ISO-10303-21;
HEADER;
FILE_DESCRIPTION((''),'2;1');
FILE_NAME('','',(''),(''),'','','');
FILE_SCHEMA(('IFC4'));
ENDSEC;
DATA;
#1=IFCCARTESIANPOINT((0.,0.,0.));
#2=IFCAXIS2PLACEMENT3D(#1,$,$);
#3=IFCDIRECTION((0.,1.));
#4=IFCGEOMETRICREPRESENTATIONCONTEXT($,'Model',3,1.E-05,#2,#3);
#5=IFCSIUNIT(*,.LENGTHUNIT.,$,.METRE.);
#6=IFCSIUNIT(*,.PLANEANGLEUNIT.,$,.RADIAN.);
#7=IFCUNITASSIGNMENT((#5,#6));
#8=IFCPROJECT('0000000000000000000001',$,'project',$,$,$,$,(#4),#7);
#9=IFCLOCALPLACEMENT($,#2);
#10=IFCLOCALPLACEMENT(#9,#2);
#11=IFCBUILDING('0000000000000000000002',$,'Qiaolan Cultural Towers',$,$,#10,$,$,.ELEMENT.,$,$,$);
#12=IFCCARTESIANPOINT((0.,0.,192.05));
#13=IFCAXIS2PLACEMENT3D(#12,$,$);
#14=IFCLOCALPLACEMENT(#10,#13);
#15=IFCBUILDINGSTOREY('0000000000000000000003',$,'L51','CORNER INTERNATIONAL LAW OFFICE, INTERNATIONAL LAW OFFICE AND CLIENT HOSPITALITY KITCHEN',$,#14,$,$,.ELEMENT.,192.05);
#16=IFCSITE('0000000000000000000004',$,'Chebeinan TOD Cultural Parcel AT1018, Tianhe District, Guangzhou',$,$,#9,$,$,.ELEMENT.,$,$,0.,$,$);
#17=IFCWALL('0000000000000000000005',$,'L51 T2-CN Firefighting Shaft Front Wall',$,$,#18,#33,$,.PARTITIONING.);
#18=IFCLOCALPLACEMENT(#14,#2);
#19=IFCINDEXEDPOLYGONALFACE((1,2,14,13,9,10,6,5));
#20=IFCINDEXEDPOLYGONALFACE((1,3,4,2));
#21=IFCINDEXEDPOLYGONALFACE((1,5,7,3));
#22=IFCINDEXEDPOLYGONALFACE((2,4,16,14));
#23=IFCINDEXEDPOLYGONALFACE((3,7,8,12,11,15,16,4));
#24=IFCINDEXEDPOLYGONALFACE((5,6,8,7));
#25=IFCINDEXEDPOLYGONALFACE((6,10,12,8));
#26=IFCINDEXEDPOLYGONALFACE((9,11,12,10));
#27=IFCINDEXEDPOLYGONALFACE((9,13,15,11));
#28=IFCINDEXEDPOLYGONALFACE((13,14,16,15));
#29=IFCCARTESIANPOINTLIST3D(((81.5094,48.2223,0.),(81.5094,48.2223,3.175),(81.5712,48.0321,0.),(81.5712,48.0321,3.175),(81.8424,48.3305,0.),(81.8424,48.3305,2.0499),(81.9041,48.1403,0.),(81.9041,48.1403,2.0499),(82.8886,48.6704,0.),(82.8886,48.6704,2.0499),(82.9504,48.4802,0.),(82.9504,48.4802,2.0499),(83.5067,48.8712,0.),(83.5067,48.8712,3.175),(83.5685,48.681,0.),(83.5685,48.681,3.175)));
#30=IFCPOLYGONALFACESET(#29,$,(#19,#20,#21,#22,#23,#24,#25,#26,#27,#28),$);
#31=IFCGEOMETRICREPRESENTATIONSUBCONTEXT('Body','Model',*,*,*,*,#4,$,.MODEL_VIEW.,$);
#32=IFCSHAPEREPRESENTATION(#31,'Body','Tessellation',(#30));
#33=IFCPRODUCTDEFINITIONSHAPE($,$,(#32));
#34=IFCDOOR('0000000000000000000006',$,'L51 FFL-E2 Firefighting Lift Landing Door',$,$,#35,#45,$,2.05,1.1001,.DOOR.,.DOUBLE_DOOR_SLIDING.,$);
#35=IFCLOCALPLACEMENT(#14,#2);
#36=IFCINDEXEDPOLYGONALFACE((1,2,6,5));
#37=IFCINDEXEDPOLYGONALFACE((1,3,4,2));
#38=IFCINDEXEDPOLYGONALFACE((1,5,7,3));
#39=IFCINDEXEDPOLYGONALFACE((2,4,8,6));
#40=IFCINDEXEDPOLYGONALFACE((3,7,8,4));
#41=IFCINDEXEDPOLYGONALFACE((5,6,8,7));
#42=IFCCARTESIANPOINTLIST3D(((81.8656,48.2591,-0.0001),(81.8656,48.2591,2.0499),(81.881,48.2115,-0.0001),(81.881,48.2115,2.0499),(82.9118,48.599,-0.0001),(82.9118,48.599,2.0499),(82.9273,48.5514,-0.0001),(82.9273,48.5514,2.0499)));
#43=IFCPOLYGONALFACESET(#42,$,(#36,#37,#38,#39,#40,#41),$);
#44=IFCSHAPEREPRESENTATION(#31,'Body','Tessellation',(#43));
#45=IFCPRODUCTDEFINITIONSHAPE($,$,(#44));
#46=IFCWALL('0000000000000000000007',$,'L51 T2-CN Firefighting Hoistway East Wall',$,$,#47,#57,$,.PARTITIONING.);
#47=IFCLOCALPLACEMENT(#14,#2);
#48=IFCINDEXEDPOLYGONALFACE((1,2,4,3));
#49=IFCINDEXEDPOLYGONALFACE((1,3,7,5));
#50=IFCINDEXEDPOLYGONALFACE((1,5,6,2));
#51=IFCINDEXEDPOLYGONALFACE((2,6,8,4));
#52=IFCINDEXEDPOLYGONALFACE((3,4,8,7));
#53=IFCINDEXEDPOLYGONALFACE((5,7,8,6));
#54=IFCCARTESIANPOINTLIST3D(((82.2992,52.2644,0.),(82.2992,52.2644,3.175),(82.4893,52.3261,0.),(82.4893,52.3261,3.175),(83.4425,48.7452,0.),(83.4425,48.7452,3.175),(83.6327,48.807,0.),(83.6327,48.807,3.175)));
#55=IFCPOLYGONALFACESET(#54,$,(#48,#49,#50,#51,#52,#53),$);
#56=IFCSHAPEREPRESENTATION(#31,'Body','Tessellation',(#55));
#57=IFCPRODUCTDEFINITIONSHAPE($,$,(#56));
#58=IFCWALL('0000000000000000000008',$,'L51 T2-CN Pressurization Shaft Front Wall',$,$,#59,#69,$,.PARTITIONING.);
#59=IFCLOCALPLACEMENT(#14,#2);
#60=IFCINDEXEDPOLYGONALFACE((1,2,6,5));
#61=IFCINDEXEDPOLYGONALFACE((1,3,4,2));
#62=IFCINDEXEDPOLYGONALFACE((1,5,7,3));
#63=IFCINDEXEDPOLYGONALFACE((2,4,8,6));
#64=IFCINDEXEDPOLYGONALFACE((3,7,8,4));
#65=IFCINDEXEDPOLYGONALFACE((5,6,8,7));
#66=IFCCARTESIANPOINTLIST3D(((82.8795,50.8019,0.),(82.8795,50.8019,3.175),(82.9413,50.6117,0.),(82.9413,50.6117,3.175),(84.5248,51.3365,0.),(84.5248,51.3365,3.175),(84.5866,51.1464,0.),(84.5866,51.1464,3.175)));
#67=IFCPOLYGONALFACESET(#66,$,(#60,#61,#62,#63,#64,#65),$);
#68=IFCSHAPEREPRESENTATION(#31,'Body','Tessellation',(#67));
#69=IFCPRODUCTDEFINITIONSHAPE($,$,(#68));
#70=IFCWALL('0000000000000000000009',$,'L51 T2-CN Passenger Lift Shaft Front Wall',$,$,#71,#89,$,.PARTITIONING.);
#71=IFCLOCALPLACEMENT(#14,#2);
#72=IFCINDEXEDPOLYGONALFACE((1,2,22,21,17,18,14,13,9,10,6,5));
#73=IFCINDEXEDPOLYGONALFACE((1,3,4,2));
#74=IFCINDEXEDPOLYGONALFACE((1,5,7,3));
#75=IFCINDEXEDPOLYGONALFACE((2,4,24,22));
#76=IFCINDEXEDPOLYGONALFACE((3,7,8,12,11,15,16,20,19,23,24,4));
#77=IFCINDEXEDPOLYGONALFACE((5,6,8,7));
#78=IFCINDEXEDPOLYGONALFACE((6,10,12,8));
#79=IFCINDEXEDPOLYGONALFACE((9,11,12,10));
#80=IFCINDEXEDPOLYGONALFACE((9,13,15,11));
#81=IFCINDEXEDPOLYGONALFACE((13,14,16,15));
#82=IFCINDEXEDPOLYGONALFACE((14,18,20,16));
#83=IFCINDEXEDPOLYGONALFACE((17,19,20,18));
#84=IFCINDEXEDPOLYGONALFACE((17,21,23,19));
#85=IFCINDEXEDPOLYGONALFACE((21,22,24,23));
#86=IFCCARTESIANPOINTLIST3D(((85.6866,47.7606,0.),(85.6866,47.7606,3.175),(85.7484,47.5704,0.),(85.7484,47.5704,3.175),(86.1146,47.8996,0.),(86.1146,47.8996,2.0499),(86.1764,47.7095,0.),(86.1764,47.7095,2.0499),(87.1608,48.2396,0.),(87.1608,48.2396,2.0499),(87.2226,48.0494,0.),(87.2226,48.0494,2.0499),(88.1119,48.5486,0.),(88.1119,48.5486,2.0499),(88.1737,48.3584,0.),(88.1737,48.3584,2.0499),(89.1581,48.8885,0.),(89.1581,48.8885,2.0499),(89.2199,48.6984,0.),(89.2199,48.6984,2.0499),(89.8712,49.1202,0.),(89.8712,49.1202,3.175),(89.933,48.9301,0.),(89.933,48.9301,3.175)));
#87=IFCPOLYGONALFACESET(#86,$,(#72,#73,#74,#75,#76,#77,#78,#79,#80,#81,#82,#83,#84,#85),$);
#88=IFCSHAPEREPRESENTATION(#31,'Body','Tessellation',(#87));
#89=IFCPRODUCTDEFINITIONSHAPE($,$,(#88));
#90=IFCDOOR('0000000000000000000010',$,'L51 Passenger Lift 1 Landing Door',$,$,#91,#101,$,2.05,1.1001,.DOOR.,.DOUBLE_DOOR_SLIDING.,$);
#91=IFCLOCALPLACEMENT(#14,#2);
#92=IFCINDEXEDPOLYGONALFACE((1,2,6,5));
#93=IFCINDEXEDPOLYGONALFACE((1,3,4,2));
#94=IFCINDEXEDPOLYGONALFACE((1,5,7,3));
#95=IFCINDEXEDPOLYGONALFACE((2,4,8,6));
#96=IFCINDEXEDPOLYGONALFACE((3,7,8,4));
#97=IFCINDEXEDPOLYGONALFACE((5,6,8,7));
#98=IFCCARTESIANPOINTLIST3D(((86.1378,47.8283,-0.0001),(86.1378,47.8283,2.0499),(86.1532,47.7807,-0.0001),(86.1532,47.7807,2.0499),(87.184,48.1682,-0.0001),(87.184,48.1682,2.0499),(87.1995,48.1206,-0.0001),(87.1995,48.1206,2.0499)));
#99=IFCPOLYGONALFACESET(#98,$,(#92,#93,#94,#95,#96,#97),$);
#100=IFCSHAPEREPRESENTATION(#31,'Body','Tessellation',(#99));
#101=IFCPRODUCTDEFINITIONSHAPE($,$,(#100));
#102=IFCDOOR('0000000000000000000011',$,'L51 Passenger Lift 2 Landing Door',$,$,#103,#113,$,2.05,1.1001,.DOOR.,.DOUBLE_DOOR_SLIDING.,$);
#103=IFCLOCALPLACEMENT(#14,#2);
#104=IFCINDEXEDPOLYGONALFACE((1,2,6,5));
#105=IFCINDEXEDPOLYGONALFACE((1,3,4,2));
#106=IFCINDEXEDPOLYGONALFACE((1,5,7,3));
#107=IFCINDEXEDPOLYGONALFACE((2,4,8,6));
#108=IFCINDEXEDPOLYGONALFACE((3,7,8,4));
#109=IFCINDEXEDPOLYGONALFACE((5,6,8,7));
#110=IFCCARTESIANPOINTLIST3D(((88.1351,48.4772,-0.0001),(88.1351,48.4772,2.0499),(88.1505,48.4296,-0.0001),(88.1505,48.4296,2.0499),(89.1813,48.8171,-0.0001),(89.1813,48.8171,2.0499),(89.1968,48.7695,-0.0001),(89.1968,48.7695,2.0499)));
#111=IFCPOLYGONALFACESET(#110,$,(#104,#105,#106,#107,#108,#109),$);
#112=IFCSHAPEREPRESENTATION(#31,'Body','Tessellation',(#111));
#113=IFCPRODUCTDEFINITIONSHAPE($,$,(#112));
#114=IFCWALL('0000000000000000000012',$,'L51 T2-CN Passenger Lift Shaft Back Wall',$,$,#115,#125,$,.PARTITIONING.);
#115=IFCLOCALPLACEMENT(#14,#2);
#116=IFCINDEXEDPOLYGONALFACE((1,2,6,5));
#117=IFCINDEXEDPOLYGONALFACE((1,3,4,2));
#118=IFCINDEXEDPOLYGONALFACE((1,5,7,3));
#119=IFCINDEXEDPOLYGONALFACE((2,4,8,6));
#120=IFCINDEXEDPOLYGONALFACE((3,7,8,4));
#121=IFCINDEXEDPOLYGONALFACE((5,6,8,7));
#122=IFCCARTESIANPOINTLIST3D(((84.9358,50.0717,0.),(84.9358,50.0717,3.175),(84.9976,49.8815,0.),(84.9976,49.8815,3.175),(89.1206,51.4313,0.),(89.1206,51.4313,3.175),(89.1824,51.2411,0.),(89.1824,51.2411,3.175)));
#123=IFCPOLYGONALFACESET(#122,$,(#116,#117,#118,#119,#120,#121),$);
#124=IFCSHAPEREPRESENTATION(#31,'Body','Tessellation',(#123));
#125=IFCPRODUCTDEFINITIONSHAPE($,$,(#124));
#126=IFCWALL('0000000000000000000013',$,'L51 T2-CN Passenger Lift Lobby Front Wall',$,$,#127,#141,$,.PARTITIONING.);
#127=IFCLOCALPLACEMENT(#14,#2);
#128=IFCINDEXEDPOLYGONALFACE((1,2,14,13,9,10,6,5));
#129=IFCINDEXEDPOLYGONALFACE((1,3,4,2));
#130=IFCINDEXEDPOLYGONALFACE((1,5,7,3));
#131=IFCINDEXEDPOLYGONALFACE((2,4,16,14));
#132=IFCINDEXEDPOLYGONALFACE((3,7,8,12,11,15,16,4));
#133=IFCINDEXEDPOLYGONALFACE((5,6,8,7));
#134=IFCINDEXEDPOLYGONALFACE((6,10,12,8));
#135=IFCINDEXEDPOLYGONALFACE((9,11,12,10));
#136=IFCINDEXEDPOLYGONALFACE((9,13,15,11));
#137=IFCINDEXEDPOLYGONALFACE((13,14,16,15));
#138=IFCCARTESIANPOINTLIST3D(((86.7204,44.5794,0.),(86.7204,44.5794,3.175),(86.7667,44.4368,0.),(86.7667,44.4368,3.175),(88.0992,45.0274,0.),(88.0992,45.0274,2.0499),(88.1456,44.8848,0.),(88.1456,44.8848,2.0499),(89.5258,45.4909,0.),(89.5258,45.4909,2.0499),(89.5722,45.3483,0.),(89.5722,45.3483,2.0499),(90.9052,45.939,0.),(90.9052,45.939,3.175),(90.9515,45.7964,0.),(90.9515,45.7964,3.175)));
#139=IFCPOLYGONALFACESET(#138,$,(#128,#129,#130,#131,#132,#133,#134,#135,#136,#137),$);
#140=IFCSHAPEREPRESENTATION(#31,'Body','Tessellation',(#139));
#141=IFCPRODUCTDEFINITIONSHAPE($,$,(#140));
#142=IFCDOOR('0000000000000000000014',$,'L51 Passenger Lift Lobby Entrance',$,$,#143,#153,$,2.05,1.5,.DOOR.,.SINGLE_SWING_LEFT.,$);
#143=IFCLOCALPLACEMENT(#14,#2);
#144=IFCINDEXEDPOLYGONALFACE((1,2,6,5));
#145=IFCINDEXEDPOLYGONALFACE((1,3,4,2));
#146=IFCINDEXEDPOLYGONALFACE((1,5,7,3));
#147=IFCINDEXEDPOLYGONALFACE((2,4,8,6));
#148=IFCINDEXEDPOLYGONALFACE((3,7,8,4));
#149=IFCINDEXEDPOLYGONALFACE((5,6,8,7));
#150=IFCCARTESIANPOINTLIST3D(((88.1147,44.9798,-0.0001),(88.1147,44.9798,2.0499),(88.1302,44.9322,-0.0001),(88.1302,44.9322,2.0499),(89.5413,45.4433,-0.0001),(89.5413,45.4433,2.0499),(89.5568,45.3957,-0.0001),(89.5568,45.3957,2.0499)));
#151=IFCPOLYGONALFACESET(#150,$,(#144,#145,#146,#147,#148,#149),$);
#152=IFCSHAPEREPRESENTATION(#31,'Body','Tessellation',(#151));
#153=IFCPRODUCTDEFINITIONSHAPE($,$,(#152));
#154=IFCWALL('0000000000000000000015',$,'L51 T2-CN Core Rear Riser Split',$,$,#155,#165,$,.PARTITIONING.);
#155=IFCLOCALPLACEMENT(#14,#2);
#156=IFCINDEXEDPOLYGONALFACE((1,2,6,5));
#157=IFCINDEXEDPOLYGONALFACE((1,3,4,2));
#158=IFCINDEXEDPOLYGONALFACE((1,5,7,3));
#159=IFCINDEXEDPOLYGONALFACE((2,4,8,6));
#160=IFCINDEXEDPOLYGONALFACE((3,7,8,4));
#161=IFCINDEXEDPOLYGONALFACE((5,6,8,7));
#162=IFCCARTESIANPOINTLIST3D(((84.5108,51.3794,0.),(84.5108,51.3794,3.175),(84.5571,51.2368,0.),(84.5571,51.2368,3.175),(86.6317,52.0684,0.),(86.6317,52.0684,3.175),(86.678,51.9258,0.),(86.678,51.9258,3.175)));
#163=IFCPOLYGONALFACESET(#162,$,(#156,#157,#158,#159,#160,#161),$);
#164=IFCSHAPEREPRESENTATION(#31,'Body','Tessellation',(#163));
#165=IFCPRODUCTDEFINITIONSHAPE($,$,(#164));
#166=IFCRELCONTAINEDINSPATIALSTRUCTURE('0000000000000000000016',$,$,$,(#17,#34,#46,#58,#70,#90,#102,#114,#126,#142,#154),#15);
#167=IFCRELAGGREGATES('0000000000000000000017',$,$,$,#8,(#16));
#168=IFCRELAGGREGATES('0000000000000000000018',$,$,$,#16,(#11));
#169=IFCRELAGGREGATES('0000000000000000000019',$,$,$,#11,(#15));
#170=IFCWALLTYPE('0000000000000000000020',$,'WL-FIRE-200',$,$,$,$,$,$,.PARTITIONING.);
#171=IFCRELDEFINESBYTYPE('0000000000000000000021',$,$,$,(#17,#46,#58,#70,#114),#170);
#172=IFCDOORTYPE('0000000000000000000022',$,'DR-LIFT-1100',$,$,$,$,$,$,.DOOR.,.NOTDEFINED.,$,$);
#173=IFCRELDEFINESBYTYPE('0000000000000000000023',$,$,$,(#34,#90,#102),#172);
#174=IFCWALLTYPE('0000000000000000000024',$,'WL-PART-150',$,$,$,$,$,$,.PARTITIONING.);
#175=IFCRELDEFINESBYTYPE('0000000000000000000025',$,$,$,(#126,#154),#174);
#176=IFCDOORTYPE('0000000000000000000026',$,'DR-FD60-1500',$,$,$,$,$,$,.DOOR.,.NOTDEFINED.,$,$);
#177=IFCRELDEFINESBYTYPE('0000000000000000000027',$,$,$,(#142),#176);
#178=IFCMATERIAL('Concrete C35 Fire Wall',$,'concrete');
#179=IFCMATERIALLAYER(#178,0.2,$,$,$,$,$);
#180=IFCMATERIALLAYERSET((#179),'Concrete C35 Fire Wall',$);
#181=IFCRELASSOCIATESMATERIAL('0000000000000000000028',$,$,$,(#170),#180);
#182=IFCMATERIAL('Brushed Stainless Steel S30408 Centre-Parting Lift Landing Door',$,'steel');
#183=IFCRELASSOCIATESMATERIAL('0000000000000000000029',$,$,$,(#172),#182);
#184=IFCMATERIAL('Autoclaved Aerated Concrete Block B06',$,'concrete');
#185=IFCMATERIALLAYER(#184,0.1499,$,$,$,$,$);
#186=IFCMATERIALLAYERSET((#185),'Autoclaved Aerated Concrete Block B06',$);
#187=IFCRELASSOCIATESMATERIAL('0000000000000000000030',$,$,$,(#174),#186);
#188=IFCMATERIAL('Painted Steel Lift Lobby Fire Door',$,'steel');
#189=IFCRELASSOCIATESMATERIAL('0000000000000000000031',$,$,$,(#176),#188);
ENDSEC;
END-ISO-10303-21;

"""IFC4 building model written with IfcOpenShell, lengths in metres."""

from ifc_helpers import new_model, si_unit, direction, frame, frame_2d, origin, place, context, subcontext, project, spatial, rectangle, extrude, material, layer, layer_set, type_object, element, fill, save


model = new_model("IFC4")

# Units and contexts
model_context = context("Model", 3, precision=1e-05, world=origin(), true_north=direction((0.0, 1.0)))
body_context = subcontext(model_context, "Body", "Model", "MODEL_VIEW")
ifc_project = project(units=[si_unit("LENGTHUNIT", "METRE"), si_unit("PLANEANGLEUNIT", "RADIAN")], contexts=[model_context])

# Site, building, storey
site_placement = place(None, origin())
site = spatial("IfcSite", under=ifc_project, at=site_placement, Name="Chebeinan TOD Cultural Parcel AT1018, Tianhe District, Guangzhou", CompositionType="ELEMENT", RefElevation=0.0)
building_placement = place(site_placement, origin())
building = spatial("IfcBuilding", under=site, at=building_placement, Name="Qiaolan Cultural Towers", CompositionType="ELEMENT")
storey_placement = place(building_placement, frame((0.0, 0.0, 192.05)))
storey = spatial("IfcBuildingStorey", under=building, at=storey_placement, Name="L51", Description="CORNER INTERNATIONAL LAW OFFICE, INTERNATIONAL LAW OFFICE AND CLIENT HOSPITALITY KITCHEN", CompositionType="ELEMENT", Elevation=192.05)

# Shared definitions
ifc_material_1 = material(Name="Concrete C35 Fire Wall", Category="concrete")
ifc_layer_1 = layer(ifc_material_1, 0.2)
ifc_layer_set_1 = layer_set([ifc_layer_1], Name="Concrete C35 Fire Wall")
wall_type_1 = type_object("IfcWallType", Name="WL-FIRE-200", PredefinedType="PARTITIONING", material=ifc_layer_set_1)

# Wall, opening, door
wall_1_placement = place(storey_placement, frame((81.5403, 48.1272, 0.0), z_axis=(0.0, 0.0, 1.0), x_axis=(0.951062, 0.308999, 0.0)))
wall_1 = element("IfcWall", 1, at=wall_1_placement, inside=storey, type_object=wall_type_1, Name="L51 T2-CN Firefighting Shaft Front Wall", PredefinedType="PARTITIONING", context=body_context, shape_type="SweptSolid", body=[
    extrude(rectangle(XDim=2.1001, YDim=0.2, at=frame_2d((1.05, 0.0))), origin(), (0.0, 0.0, 1.0), 3.175),
])
opening_1_placement = place(wall_1_placement, frame((0.3501, 0.0, 0.0)))
opening_1 = element("IfcOpeningElement", 2, at=opening_1_placement, cuts=wall_1, PredefinedType="OPENING", context=body_context, shape_type="SweptSolid", body=[
    extrude(rectangle(XDim=1.1001, YDim=2.05, at=frame_2d((0.55, 1.0249))), frame((0.0, 0.1099, 0.0), z_axis=(0.0, -1.0, 0.0), x_axis=(1.0, 0.0, 0.0)), (0.0, 0.0, 1.0), 0.22),
])
ifc_material_2 = material(Name="Brushed Stainless Steel S30408 Centre-Parting Lift Landing Door", Category="steel")
door_type_1 = type_object("IfcDoorType", Name="DR-LIFT-1100", OperationType="NOTDEFINED", PredefinedType="DOOR", material=ifc_material_2)
door_1_placement = place(opening_1_placement, origin())
door_1 = element("IfcDoor", 3, at=door_1_placement, inside=storey, type_object=door_type_1, Name="L51 FFL-E2 Firefighting Lift Landing Door", OperationType="DOUBLE_DOOR_SLIDING", OverallHeight=2.05, OverallWidth=1.1001, PredefinedType="DOOR", context=body_context, shape_type="SweptSolid", body=[
    extrude(rectangle(XDim=1.1001, YDim=2.05, at=frame_2d((0.55, 1.0249))), frame((0.0, 0.0249, 0.0), z_axis=(0.0, -1.0, 0.0), x_axis=(1.0, 0.0, 0.0)), (0.0, 0.0, 1.0), 0.05),
])
fill(opening_1, door_1)

# Walls
wall_2_placement = place(storey_placement, frame((83.5376, 48.7761, 0.0), z_axis=(0.0, 0.0, 1.0), x_axis=(-0.308994, 0.951064, 0.0)))
element("IfcWall", 4, at=wall_2_placement, inside=storey, type_object=wall_type_1, Name="L51 T2-CN Firefighting Hoistway East Wall", PredefinedType="PARTITIONING", context=body_context, shape_type="SweptSolid", body=[
    extrude(rectangle(XDim=3.7002, YDim=0.2, at=frame_2d((1.8501, 0.0))), origin(), (0.0, 0.0, 1.0), 3.175),
])
wall_3_placement = place(storey_placement, frame((82.9104, 50.7068, 0.0), z_axis=(0.0, 0.0, 1.0), x_axis=(0.951041, 0.309064, 0.0)))
element("IfcWall", 5, at=wall_3_placement, inside=storey, type_object=wall_type_1, Name="L51 T2-CN Pressurization Shaft Front Wall", PredefinedType="PARTITIONING", context=body_context, shape_type="SweptSolid", body=[
    extrude(rectangle(XDim=1.73, YDim=0.2, at=frame_2d((0.865, 0.0))), origin(), (0.0, 0.0, 1.0), 3.175),
])

# Wall, openings, doors
wall_4_placement = place(storey_placement, frame((85.7175, 47.6655, 0.0), z_axis=(0.0, 0.0, 1.0), x_axis=(0.951059, 0.309011, 0.0)))
wall_4 = element("IfcWall", 6, at=wall_4_placement, inside=storey, type_object=wall_type_1, Name="L51 T2-CN Passenger Lift Shaft Front Wall", PredefinedType="PARTITIONING", context=body_context, shape_type="SweptSolid", body=[
    extrude(rectangle(XDim=4.3999, YDim=0.2, at=frame_2d((2.2, 0.0))), origin(), (0.0, 0.0, 1.0), 3.175),
])
opening_2_placement = place(wall_4_placement, frame((0.45, 0.0, 0.0)))
opening_2 = element("IfcOpeningElement", 7, at=opening_2_placement, cuts=wall_4, PredefinedType="OPENING", context=body_context, shape_type="SweptSolid", body=[
    extrude(rectangle(XDim=1.1001, YDim=2.05, at=frame_2d((0.55, 1.0249))), frame((0.0, 0.1099, 0.0), z_axis=(0.0, -1.0, 0.0), x_axis=(1.0, 0.0, 0.0)), (0.0, 0.0, 1.0), 0.22),
])
opening_3_placement = place(wall_4_placement, frame((2.55, 0.0, 0.0)))
opening_3 = element("IfcOpeningElement", 8, at=opening_3_placement, cuts=wall_4, PredefinedType="OPENING", context=body_context, shape_type="SweptSolid", body=[
    extrude(rectangle(XDim=1.1001, YDim=2.05, at=frame_2d((0.55, 1.0249))), frame((0.0, 0.1099, 0.0), z_axis=(0.0, -1.0, 0.0), x_axis=(1.0, 0.0, 0.0)), (0.0, 0.0, 1.0), 0.22),
])
door_2_placement = place(opening_2_placement, origin())
door_2 = element("IfcDoor", 9, at=door_2_placement, inside=storey, type_object=door_type_1, Name="L51 Passenger Lift 1 Landing Door", OperationType="DOUBLE_DOOR_SLIDING", OverallHeight=2.05, OverallWidth=1.1001, PredefinedType="DOOR", context=body_context, shape_type="SweptSolid", body=[
    extrude(rectangle(XDim=1.1001, YDim=2.05, at=frame_2d((0.55, 1.0249))), frame((0.0, 0.0249, 0.0), z_axis=(0.0, -1.0, 0.0), x_axis=(1.0, 0.0, 0.0)), (0.0, 0.0, 1.0), 0.05),
])
fill(opening_2, door_2)
door_3_placement = place(opening_3_placement, origin())
door_3 = element("IfcDoor", 10, at=door_3_placement, inside=storey, type_object=door_type_1, Name="L51 Passenger Lift 2 Landing Door", OperationType="DOUBLE_DOOR_SLIDING", OverallHeight=2.05, OverallWidth=1.1001, PredefinedType="DOOR", context=body_context, shape_type="SweptSolid", body=[
    extrude(rectangle(XDim=1.1001, YDim=2.05, at=frame_2d((0.55, 1.0249))), frame((0.0, 0.0249, 0.0), z_axis=(0.0, -1.0, 0.0), x_axis=(1.0, 0.0, 0.0)), (0.0, 0.0, 1.0), 0.05),
])
fill(opening_3, door_3)

# Wall
wall_5_placement = place(storey_placement, frame((84.9666, 49.9766, 0.0), z_axis=(0.0, 0.0, 1.0), x_axis=(0.951064, 0.308994, 0.0)))
element("IfcWall", 11, at=wall_5_placement, inside=storey, type_object=wall_type_1, Name="L51 T2-CN Passenger Lift Shaft Back Wall", PredefinedType="PARTITIONING", context=body_context, shape_type="SweptSolid", body=[
    extrude(rectangle(XDim=4.4001, YDim=0.2, at=frame_2d((2.2002, 0.0))), origin(), (0.0, 0.0, 1.0), 3.175),
])

# Wall, opening, door
ifc_material_3 = material(Name="Autoclaved Aerated Concrete Block B06", Category="concrete")
ifc_layer_2 = layer(ifc_material_3, 0.1499)
ifc_layer_set_2 = layer_set([ifc_layer_2], Name="Autoclaved Aerated Concrete Block B06")
wall_type_2 = type_object("IfcWallType", Name="WL-PART-150", PredefinedType="PARTITIONING", material=ifc_layer_set_2)
wall_6_placement = place(storey_placement, frame((86.7434, 44.5081, 0.0), z_axis=(0.0, 0.0, 1.0), x_axis=(0.951064, 0.308994, 0.0)))
wall_6 = element("IfcWall", 12, at=wall_6_placement, inside=storey, type_object=wall_type_2, Name="L51 T2-CN Passenger Lift Lobby Front Wall", PredefinedType="PARTITIONING", context=body_context, shape_type="SweptSolid", body=[
    extrude(rectangle(XDim=4.4001, YDim=0.1499, at=frame_2d((2.2002, 0.0))), origin(), (0.0, 0.0, 1.0), 3.175),
])
opening_4_placement = place(wall_6_placement, frame((1.45, 0.0, 0.0)))
opening_4 = element("IfcOpeningElement", 13, at=opening_4_placement, cuts=wall_6, PredefinedType="OPENING", context=body_context, shape_type="SweptSolid", body=[
    extrude(rectangle(XDim=1.5, YDim=2.05, at=frame_2d((0.75, 1.0249))), frame((0.0, 0.085, 0.0), z_axis=(0.0, -1.0, 0.0), x_axis=(1.0, 0.0, 0.0)), (0.0, 0.0, 1.0), 0.1699),
])
ifc_material_4 = material(Name="Painted Steel Lift Lobby Fire Door", Category="steel")
door_type_2 = type_object("IfcDoorType", Name="DR-FD60-1500", OperationType="NOTDEFINED", PredefinedType="DOOR", material=ifc_material_4)
door_4_placement = place(opening_4_placement, origin())
door_4 = element("IfcDoor", 14, at=door_4_placement, inside=storey, type_object=door_type_2, Name="L51 Passenger Lift Lobby Entrance", OperationType="SINGLE_SWING_LEFT", OverallHeight=2.05, OverallWidth=1.5, PredefinedType="DOOR", context=body_context, shape_type="SweptSolid", body=[
    extrude(rectangle(XDim=1.5, YDim=2.05, at=frame_2d((0.75, 1.0249))), frame((0.0, 0.0249, 0.0), z_axis=(0.0, -1.0, 0.0), x_axis=(1.0, 0.0, 0.0)), (0.0, 0.0, 1.0), 0.05),
])
fill(opening_4, door_4)

# Wall
wall_7_placement = place(storey_placement, frame((84.5339, 51.3081, 0.0), z_axis=(0.0, 0.0, 1.0), x_axis=(0.951075, 0.30896, 0.0)))
element("IfcWall", 15, at=wall_7_placement, inside=storey, type_object=wall_type_2, Name="L51 T2-CN Core Rear Riser Split", PredefinedType="PARTITIONING", context=body_context, shape_type="SweptSolid", body=[
    extrude(rectangle(XDim=2.23, YDim=0.1499, at=frame_2d((1.115, 0.0))), origin(), (0.0, 0.0, 1.0), 3.175),
])

save(model, "model.ifc")
